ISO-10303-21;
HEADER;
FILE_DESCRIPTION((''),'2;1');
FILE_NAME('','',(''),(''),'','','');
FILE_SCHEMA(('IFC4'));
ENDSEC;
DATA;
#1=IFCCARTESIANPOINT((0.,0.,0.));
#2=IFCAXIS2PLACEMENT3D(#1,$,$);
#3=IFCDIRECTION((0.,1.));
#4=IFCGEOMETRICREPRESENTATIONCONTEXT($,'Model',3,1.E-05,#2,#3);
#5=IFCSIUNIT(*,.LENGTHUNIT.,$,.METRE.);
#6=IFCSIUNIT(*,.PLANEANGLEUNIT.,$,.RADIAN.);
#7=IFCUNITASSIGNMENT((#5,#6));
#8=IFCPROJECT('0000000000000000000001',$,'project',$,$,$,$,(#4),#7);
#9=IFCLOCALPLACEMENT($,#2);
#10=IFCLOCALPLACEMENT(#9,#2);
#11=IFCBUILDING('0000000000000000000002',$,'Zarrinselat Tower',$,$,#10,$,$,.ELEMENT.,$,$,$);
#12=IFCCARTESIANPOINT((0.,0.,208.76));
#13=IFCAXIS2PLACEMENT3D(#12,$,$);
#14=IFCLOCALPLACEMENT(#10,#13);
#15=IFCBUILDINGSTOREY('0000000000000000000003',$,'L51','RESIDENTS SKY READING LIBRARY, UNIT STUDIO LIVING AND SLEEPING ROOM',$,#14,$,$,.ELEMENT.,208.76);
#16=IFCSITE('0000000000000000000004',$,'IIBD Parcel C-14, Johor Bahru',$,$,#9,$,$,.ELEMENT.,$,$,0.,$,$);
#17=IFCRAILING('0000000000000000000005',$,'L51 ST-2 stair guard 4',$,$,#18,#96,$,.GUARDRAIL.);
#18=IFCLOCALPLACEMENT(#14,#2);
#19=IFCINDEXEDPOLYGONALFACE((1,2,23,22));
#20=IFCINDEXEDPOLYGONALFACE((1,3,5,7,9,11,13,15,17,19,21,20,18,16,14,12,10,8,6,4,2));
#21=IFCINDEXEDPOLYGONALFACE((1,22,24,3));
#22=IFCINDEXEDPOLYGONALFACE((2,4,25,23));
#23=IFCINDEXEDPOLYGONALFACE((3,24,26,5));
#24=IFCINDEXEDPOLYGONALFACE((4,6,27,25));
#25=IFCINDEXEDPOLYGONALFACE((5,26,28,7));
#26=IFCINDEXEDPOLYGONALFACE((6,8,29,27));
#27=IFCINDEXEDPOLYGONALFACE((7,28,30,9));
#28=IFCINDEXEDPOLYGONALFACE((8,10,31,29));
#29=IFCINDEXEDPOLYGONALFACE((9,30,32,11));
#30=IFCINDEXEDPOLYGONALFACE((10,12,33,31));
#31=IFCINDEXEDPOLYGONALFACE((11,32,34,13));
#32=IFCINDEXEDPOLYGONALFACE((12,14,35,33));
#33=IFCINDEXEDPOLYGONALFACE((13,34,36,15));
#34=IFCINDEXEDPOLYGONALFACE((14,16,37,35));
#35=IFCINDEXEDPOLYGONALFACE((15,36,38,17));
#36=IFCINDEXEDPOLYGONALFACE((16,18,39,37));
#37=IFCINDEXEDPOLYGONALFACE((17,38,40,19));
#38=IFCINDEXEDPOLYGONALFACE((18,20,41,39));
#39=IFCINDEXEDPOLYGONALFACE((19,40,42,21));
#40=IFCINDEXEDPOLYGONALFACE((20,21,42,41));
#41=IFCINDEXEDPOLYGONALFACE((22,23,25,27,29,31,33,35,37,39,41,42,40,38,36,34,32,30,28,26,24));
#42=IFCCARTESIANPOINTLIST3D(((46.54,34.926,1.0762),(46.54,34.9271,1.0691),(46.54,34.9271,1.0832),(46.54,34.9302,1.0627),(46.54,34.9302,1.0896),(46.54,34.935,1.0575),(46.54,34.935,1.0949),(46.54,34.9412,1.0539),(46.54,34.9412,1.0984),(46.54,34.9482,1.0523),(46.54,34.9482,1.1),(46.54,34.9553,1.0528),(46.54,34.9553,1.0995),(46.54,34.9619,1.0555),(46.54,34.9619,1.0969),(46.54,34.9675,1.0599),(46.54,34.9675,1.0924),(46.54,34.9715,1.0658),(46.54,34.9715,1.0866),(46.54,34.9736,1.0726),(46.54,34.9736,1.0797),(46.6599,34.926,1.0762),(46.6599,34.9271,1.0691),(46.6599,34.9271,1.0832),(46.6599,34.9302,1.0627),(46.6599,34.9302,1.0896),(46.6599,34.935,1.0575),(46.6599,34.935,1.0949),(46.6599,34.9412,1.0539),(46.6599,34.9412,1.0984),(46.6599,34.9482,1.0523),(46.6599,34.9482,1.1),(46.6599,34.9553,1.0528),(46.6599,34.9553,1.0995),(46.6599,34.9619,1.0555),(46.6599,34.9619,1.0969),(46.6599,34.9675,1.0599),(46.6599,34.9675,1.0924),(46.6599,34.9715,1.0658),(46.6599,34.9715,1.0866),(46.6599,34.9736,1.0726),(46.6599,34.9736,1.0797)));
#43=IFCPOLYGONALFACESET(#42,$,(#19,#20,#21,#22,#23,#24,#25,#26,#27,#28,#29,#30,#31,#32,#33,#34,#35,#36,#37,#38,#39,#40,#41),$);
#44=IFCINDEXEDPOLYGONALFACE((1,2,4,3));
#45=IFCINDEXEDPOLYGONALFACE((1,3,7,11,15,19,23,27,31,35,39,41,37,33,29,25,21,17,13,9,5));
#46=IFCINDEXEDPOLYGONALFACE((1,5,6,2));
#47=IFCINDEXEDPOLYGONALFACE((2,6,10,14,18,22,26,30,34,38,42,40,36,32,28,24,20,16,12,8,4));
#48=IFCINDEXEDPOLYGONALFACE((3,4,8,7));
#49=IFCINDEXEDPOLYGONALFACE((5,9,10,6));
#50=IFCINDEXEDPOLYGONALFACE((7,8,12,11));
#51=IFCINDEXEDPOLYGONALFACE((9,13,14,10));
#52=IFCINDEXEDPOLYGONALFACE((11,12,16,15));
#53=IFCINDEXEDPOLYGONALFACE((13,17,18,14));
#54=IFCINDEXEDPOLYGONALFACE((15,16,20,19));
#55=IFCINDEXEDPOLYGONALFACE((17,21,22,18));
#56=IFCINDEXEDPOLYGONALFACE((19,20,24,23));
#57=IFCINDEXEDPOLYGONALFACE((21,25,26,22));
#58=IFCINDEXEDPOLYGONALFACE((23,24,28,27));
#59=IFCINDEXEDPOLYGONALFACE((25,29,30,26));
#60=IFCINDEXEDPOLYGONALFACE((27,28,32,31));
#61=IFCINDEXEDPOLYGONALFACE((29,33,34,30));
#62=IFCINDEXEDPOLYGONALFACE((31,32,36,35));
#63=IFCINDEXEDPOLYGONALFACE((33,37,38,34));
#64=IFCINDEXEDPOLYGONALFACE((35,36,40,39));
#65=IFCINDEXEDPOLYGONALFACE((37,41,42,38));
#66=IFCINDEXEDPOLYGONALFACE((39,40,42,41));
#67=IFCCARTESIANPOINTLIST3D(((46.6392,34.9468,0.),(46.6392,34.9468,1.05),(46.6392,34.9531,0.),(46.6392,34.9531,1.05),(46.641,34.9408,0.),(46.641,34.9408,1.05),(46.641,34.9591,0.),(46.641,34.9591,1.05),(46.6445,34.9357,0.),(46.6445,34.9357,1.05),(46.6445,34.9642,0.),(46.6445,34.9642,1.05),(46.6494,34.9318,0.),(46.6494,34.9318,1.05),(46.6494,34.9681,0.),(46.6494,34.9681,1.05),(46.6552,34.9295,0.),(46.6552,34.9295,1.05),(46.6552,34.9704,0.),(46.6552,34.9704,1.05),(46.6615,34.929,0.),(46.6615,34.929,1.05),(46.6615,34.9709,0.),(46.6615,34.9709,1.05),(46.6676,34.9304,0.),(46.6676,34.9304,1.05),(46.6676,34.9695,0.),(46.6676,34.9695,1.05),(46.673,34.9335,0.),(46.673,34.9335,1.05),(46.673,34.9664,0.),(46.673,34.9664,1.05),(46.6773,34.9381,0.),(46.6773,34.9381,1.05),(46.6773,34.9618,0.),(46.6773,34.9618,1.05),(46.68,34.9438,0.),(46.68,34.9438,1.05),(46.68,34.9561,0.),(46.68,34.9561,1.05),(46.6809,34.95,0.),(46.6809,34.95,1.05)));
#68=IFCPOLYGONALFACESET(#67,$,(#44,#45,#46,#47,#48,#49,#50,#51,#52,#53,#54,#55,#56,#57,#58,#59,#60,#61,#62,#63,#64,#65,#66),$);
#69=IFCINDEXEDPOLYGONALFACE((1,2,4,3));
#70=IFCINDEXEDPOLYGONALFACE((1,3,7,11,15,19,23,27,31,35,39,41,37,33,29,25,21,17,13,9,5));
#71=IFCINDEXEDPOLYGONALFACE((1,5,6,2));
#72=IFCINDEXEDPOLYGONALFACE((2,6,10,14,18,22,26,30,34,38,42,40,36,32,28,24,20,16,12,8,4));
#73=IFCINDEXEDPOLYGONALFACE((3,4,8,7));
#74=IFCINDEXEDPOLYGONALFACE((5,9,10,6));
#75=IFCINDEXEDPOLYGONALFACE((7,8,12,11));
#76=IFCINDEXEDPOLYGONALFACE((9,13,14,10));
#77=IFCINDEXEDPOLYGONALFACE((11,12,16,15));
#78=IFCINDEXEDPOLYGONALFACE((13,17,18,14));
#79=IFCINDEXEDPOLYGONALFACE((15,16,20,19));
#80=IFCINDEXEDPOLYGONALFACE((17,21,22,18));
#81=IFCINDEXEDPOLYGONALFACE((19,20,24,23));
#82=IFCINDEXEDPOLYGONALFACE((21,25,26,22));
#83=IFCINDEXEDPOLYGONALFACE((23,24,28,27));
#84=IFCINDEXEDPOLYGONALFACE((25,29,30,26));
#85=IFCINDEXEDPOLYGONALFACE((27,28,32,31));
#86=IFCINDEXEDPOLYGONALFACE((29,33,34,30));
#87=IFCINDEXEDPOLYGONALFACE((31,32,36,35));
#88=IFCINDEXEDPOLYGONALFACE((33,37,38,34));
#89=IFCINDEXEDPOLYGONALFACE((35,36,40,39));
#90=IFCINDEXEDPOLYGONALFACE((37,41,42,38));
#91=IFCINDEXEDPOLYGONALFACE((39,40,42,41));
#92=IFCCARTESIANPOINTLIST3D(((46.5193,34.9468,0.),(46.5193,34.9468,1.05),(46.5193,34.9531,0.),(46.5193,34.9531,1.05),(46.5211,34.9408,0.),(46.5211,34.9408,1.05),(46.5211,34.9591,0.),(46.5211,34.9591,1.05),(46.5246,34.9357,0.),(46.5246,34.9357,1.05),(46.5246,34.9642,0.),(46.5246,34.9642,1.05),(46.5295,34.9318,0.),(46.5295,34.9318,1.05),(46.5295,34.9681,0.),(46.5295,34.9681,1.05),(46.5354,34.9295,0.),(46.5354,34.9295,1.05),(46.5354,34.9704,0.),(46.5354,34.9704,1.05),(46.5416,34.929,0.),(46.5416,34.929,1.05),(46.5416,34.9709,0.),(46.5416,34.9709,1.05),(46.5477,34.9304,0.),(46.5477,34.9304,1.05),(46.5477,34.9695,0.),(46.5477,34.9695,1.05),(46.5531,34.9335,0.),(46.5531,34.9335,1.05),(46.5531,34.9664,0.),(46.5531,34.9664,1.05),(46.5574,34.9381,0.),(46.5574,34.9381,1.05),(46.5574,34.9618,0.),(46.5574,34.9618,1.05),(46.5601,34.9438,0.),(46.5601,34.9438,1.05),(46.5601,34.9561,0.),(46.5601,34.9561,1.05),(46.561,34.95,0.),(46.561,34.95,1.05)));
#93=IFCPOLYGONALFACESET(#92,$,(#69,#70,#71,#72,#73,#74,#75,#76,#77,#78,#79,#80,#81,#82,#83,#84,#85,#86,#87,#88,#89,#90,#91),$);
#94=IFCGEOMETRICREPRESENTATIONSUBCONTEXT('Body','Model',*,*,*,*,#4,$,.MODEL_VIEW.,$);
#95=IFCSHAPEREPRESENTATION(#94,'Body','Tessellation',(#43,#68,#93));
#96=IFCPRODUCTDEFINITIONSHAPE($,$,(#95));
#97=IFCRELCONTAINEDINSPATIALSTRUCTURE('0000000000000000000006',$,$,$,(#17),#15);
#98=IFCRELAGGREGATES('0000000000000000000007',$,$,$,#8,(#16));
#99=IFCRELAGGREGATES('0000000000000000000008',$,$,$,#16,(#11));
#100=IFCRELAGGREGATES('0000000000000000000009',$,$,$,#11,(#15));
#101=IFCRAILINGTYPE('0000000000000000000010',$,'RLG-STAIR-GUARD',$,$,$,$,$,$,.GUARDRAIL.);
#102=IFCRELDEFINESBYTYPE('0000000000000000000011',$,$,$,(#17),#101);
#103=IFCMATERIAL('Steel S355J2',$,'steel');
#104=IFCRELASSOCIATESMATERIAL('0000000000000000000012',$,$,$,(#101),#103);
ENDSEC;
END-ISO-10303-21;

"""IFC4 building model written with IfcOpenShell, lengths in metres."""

from ifc_helpers import new_model, si_unit, direction, frame, origin, origin_2d, place, context, subcontext, project, spatial, circle, extrude, material, type_object, element, save


model = new_model("IFC4")

# Units and contexts
model_context = context("Model", 3, precision=1e-05, world=origin(), true_north=direction((0.0, 1.0)))
body_context = subcontext(model_context, "Body", "Model", "MODEL_VIEW")
ifc_project = project(units=[si_unit("LENGTHUNIT", "METRE"), si_unit("PLANEANGLEUNIT", "RADIAN")], contexts=[model_context])

# Site, building, storey
site_placement = place(None, origin())
site = spatial("IfcSite", under=ifc_project, at=site_placement, Name="IIBD Parcel C-14, Johor Bahru", CompositionType="ELEMENT", RefElevation=0.0)
building_placement = place(site_placement, origin())
building = spatial("IfcBuilding", under=site, at=building_placement, Name="Zarrinselat Tower", CompositionType="ELEMENT")
storey_placement = place(building_placement, frame((0.0, 0.0, 208.76)))
storey = spatial("IfcBuildingStorey", under=building, at=storey_placement, Name="L51", Description="RESIDENTS SKY READING LIBRARY, UNIT STUDIO LIVING AND SLEEPING ROOM", CompositionType="ELEMENT", Elevation=208.76)

# Railing
ifc_material_1 = material(Name="Steel S355J2", Category="steel")
railing_type_1 = type_object("IfcRailingType", Name="RLG-STAIR-GUARD", PredefinedType="GUARDRAIL", material=ifc_material_1)
railing_1_placement = place(storey_placement, frame((46.6599, 34.95, 0.0)))
element("IfcRailing", 1, at=railing_1_placement, inside=storey, type_object=railing_type_1, Name="L51 ST-2 stair guard 4", PredefinedType="GUARDRAIL", context=body_context, shape_type="SweptSolid", body=[
    extrude(circle(Radius=0.0239, at=origin_2d()), frame((0.0, 0.0, 1.0762), z_axis=(-1.0, 0.0, 0.0), x_axis=(0.0, -1.0, 0.0)), (0.0, 0.0, 1.0), 0.1199),
    extrude(circle(Radius=0.021, at=origin_2d()), origin(), (0.0, 0.0, 1.0), 1.05),
    extrude(circle(Radius=0.021, at=origin_2d()), frame((-0.1199, 0.0, 0.0)), (0.0, 0.0, 1.0), 1.05),
])

save(model, "model.ifc")
